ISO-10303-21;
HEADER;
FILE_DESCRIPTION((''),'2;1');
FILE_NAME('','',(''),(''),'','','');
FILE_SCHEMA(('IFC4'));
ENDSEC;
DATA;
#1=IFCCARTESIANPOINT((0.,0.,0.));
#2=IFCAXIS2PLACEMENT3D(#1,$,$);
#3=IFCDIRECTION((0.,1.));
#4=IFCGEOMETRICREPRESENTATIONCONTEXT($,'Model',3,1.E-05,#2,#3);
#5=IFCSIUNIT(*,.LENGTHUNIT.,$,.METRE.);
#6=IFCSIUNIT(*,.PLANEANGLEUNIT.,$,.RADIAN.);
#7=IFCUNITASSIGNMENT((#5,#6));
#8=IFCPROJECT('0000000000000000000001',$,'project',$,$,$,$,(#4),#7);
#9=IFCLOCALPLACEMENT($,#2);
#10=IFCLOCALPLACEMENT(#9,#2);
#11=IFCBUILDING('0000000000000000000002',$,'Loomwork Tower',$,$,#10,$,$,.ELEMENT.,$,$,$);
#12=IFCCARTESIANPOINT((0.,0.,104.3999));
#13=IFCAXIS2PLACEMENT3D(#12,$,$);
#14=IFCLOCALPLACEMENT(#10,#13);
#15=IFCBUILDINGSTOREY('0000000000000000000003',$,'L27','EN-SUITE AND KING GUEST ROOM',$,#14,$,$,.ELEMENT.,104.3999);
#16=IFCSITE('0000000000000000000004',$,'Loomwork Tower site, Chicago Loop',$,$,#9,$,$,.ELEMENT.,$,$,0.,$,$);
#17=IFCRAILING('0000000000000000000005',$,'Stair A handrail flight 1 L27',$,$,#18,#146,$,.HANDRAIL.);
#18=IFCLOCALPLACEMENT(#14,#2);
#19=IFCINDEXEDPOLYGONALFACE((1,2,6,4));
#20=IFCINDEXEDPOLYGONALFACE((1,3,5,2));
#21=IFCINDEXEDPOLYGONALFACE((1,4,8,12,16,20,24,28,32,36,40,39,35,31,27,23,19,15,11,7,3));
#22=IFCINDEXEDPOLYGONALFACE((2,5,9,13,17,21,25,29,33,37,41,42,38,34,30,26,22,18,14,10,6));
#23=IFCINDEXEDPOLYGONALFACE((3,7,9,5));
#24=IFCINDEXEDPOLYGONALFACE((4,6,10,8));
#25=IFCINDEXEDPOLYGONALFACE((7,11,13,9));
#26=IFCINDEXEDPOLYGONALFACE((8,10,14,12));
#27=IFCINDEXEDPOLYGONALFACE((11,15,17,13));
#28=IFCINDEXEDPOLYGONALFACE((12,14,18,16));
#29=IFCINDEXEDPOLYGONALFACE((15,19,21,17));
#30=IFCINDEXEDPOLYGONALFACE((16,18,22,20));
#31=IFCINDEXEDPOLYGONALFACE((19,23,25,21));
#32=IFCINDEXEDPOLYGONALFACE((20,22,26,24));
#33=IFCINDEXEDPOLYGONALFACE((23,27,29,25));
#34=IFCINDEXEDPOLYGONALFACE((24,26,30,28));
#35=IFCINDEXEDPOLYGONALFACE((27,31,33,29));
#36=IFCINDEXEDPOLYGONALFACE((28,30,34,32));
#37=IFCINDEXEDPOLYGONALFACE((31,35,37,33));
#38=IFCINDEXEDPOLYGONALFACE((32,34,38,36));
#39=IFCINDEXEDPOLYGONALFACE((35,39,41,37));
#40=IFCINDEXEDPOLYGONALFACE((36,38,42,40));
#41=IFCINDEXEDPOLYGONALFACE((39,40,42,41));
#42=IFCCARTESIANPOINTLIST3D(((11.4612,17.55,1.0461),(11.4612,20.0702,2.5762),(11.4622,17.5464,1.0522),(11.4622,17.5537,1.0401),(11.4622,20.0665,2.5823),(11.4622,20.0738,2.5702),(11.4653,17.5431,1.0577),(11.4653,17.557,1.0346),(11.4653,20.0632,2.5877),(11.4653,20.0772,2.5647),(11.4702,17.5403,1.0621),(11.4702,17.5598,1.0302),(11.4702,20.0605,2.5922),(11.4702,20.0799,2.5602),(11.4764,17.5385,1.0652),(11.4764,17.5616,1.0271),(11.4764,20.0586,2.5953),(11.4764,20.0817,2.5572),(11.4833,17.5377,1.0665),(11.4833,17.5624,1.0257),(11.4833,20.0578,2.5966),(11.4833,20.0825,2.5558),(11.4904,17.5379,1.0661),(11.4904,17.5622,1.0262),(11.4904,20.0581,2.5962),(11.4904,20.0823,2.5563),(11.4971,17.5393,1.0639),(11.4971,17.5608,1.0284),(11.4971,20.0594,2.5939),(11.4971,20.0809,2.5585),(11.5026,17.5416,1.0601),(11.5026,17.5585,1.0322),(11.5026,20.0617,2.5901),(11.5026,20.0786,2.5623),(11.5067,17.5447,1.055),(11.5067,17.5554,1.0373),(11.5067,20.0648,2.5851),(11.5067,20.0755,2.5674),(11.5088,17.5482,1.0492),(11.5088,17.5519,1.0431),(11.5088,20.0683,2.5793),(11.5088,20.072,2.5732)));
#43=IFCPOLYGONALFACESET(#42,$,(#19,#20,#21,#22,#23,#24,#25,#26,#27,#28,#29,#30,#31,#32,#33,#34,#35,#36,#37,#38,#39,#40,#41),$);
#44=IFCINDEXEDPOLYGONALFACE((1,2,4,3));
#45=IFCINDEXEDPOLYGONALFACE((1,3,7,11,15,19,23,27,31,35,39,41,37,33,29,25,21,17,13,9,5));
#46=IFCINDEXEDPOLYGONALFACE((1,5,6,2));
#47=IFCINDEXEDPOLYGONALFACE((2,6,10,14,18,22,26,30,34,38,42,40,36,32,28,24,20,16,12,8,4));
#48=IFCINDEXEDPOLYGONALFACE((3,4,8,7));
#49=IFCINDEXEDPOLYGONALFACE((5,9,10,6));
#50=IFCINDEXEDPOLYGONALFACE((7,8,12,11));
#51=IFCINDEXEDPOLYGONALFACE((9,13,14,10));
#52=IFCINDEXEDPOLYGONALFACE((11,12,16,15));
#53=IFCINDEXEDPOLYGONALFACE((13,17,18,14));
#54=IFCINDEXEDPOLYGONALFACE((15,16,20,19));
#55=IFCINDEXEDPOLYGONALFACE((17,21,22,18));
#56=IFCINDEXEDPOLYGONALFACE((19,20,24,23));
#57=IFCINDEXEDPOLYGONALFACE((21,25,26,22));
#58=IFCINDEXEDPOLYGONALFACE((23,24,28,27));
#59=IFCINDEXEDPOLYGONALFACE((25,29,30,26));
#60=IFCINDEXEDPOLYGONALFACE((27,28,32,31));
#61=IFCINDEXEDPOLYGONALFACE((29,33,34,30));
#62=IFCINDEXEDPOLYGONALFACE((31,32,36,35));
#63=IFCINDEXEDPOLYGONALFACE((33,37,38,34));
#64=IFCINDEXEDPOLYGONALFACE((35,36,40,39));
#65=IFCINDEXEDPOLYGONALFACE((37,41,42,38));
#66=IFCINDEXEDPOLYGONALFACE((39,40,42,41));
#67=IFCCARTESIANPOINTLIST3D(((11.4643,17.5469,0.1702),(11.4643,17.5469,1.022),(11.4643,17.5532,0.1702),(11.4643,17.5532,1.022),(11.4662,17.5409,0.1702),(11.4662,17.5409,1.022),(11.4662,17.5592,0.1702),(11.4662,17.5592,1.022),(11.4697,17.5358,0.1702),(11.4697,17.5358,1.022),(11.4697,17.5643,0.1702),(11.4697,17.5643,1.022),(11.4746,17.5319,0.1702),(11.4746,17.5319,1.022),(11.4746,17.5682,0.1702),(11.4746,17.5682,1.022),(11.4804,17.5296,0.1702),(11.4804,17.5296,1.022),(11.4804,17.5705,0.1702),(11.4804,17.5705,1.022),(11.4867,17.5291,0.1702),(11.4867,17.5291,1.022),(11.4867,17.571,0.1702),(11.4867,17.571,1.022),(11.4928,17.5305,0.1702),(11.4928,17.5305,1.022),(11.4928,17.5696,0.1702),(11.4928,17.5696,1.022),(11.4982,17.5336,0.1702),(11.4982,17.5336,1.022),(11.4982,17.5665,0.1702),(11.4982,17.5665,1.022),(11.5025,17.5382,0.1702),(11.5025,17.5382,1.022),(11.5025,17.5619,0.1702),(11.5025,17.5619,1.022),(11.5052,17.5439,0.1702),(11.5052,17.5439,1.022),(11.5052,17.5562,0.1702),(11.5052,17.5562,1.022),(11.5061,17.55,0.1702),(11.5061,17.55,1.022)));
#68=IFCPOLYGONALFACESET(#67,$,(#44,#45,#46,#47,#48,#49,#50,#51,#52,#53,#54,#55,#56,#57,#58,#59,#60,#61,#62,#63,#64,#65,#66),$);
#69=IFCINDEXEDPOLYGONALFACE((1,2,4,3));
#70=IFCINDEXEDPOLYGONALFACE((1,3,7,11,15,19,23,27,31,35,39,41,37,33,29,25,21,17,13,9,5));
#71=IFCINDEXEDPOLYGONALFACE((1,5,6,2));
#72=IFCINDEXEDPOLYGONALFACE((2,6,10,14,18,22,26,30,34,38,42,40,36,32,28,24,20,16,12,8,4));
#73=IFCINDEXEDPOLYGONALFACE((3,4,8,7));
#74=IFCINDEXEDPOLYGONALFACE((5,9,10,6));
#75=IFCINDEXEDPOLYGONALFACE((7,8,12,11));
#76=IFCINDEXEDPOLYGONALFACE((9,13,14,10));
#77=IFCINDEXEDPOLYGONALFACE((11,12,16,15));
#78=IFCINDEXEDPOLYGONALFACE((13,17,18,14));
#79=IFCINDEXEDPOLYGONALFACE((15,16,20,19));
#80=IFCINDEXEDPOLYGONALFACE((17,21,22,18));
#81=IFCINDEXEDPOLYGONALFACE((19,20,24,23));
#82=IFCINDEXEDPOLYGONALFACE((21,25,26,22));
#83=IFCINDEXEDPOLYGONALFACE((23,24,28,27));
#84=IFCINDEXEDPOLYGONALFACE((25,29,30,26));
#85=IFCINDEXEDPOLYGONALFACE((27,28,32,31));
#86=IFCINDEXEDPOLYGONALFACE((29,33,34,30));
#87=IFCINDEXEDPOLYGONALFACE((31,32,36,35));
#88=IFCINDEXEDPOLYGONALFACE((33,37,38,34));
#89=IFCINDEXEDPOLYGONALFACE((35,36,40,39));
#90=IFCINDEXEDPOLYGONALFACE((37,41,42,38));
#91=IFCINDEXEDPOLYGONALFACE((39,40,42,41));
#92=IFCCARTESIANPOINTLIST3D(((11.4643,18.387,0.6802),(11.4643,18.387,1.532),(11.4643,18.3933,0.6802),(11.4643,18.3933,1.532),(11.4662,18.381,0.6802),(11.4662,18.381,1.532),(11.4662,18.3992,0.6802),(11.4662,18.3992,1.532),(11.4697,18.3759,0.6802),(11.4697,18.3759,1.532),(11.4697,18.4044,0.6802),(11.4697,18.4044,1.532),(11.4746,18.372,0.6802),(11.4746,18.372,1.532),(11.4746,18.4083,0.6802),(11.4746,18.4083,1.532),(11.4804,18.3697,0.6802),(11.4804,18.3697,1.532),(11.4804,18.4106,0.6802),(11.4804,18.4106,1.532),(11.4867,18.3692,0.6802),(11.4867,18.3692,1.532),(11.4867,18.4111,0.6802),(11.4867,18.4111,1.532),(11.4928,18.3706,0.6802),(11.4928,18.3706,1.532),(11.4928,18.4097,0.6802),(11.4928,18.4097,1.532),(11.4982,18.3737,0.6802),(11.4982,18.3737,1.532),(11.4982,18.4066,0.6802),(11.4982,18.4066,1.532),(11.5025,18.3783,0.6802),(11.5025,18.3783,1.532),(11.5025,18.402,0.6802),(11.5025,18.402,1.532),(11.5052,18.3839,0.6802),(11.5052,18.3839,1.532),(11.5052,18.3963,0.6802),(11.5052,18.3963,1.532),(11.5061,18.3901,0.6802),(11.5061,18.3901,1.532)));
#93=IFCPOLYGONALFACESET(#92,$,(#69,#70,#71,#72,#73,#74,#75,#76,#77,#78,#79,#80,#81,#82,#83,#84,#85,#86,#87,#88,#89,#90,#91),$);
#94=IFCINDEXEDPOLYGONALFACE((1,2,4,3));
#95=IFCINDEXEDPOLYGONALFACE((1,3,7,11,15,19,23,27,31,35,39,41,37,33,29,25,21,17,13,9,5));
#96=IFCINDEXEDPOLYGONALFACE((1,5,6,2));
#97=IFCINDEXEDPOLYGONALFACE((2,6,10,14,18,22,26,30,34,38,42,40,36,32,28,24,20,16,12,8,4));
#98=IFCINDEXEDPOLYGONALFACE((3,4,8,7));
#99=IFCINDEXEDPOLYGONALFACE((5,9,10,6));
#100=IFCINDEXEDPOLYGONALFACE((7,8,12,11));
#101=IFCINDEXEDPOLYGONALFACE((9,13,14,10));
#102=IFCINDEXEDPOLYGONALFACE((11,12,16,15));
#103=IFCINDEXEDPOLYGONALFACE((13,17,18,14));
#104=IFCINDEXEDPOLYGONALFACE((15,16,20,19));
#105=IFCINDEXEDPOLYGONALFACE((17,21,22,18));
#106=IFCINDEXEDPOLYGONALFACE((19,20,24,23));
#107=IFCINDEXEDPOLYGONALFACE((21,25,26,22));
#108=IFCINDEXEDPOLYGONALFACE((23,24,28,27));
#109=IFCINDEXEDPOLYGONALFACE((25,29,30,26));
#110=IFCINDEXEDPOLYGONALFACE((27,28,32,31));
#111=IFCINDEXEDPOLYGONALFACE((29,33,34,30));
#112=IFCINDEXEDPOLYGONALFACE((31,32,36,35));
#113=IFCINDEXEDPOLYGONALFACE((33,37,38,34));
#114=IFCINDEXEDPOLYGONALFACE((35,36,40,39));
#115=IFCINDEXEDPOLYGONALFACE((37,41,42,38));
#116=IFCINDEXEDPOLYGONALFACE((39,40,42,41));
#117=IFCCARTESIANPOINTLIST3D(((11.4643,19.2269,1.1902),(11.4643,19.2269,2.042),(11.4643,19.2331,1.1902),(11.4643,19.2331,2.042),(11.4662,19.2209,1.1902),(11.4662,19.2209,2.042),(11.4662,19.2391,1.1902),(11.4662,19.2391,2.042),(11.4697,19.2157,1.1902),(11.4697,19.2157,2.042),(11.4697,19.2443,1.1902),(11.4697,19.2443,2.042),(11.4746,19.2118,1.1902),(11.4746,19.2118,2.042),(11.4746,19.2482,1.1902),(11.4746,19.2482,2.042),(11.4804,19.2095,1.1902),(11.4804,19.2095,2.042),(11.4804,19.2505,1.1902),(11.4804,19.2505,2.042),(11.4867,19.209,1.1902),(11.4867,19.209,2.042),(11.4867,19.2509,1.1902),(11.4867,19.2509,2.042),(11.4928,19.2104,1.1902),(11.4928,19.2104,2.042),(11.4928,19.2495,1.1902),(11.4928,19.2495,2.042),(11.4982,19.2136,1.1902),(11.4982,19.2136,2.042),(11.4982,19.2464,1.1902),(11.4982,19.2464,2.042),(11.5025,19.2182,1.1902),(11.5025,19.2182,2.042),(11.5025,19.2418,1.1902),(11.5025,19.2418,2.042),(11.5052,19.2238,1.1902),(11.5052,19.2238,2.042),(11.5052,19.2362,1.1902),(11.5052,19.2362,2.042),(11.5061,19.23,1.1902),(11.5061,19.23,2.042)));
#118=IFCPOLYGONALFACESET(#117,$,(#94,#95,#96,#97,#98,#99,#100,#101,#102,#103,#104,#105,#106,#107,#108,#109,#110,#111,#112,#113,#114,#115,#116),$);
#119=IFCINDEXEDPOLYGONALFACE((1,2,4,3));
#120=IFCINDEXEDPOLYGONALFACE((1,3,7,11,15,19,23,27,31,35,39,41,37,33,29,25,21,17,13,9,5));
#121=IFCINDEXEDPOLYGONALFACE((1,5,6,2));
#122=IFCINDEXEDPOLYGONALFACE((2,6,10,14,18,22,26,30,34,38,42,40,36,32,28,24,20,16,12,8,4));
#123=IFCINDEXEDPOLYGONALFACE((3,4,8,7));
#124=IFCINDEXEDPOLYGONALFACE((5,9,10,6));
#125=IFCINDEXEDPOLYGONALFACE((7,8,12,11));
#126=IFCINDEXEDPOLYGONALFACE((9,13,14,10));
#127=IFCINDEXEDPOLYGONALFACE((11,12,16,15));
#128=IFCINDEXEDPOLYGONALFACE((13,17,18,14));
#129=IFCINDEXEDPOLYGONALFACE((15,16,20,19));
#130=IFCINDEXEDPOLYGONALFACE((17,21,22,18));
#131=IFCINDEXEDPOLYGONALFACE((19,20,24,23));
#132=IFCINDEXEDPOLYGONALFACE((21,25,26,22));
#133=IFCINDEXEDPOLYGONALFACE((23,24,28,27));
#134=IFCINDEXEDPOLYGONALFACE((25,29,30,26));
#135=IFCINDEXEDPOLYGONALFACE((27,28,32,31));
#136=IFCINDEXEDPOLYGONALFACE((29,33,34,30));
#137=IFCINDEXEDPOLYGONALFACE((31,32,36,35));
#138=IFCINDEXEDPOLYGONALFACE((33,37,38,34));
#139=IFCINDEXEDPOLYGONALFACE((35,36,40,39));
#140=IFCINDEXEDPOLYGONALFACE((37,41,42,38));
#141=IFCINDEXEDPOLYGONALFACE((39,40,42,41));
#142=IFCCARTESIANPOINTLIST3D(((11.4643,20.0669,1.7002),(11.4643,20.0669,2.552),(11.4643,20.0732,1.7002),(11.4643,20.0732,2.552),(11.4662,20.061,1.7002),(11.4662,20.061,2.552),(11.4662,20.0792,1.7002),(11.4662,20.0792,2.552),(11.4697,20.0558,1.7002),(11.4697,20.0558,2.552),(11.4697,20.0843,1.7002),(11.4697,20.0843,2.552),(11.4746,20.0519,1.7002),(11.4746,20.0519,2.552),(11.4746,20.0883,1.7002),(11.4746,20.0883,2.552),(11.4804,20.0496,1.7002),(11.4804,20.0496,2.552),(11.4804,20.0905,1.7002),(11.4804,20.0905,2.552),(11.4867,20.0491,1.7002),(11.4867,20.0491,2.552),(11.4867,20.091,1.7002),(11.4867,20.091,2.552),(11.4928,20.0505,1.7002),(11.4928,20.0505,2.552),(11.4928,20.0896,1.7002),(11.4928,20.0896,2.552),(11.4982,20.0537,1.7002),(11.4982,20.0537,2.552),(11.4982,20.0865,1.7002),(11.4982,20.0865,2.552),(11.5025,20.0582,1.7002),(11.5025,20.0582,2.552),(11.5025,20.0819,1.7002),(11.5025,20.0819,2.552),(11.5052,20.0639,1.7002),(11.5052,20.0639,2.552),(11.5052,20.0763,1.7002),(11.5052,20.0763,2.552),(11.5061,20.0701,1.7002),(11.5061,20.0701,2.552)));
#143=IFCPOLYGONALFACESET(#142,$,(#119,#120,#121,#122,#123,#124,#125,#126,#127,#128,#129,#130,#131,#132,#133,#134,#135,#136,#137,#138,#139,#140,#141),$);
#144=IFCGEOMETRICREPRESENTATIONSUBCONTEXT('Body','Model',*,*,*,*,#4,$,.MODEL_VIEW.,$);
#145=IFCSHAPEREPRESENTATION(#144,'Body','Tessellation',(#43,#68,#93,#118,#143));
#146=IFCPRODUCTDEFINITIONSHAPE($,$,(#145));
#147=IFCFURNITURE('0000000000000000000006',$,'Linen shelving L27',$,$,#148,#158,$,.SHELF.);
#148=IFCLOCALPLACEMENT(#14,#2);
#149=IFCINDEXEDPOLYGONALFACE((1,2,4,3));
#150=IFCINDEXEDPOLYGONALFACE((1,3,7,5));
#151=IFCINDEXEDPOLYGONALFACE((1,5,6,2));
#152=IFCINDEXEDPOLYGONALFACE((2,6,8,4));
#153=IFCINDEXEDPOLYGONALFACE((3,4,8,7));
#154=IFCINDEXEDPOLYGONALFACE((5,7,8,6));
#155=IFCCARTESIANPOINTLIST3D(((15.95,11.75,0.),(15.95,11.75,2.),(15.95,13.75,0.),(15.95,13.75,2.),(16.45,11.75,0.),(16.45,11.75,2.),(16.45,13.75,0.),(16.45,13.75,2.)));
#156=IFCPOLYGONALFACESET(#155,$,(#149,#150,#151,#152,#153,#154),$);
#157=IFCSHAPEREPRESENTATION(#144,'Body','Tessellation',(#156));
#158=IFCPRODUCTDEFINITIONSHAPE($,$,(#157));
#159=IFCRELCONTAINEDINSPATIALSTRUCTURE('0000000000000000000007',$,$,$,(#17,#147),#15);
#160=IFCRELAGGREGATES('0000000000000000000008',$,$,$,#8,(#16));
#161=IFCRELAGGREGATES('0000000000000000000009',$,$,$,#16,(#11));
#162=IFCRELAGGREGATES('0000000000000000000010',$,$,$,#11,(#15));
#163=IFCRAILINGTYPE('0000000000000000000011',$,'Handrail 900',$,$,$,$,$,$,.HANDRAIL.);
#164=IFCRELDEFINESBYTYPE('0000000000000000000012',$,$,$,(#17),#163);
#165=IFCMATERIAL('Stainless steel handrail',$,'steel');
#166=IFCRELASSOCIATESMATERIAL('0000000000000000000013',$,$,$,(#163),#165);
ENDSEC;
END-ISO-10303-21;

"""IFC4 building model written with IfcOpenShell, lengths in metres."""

from ifc_helpers import new_model, si_unit, direction, frame, origin, origin_2d, place, context, subcontext, project, spatial, rectangle, circle, extrude, material, type_object, element, save


model = new_model("IFC4")

# Units and contexts
model_context = context("Model", 3, precision=1e-05, world=origin(), true_north=direction((0.0, 1.0)))
body_context = subcontext(model_context, "Body", "Model", "MODEL_VIEW")
ifc_project = project(units=[si_unit("LENGTHUNIT", "METRE"), si_unit("PLANEANGLEUNIT", "RADIAN")], contexts=[model_context])

# Site, building, storey
site_placement = place(None, origin())
site = spatial("IfcSite", under=ifc_project, at=site_placement, Name="Loomwork Tower site, Chicago Loop", CompositionType="ELEMENT", RefElevation=0.0)
building_placement = place(site_placement, origin())
building = spatial("IfcBuilding", under=site, at=building_placement, Name="Loomwork Tower", CompositionType="ELEMENT")
storey_placement = place(building_placement, frame((0.0, 0.0, 104.3999)))
storey = spatial("IfcBuildingStorey", under=building, at=storey_placement, Name="L27", Description="EN-SUITE AND KING GUEST ROOM", CompositionType="ELEMENT", Elevation=104.3999)

# Railing
ifc_material_1 = material(Name="Stainless steel handrail", Category="steel")
railing_type = type_object("IfcRailingType", Name="Handrail 900", PredefinedType="HANDRAIL", material=ifc_material_1)
railing_placement = place(storey_placement, frame((11.4851, 17.55, 0.1702)))
element("IfcRailing", 1, at=railing_placement, inside=storey, type_object=railing_type, Name="Stair A handrail flight 1 L27", PredefinedType="HANDRAIL", context=body_context, shape_type="SweptSolid", body=[
    extrude(circle(Radius=0.0239, at=origin_2d()), frame((0.0, 0.0, 0.876), z_axis=(0.0, 0.854785, 0.518982), x_axis=(-1.0, 0.0, 0.0)), (0.0, 0.0, 1.0), 2.9482),
    extrude(circle(Radius=0.021, at=origin_2d()), origin(), (0.0, 0.0, 1.0), 0.8518),
    extrude(circle(Radius=0.021, at=origin_2d()), frame((0.0, 0.8401, 0.51)), (0.0, 0.0, 1.0), 0.8518),
    extrude(circle(Radius=0.021, at=origin_2d()), frame((0.0, 1.6799, 1.02)), (0.0, 0.0, 1.0), 0.8518),
    extrude(circle(Radius=0.021, at=origin_2d()), frame((0.0, 2.52, 1.53)), (0.0, 0.0, 1.0), 0.8518),
])

# Furniture
furniture_placement = place(storey_placement, frame((16.2, 12.75, 0.0), z_axis=(0.0, 0.0, 1.0), x_axis=(1.0, 0.0, 0.0)))
element("IfcFurniture", 2, at=furniture_placement, inside=storey, Name="Linen shelving L27", PredefinedType="SHELF", context=body_context, shape_type="SweptSolid", body=[
    extrude(rectangle(XDim=0.5, YDim=2.0, at=origin_2d()), origin(), (0.0, 0.0, 1.0), 2.0),
])

save(model, "model.ifc")
